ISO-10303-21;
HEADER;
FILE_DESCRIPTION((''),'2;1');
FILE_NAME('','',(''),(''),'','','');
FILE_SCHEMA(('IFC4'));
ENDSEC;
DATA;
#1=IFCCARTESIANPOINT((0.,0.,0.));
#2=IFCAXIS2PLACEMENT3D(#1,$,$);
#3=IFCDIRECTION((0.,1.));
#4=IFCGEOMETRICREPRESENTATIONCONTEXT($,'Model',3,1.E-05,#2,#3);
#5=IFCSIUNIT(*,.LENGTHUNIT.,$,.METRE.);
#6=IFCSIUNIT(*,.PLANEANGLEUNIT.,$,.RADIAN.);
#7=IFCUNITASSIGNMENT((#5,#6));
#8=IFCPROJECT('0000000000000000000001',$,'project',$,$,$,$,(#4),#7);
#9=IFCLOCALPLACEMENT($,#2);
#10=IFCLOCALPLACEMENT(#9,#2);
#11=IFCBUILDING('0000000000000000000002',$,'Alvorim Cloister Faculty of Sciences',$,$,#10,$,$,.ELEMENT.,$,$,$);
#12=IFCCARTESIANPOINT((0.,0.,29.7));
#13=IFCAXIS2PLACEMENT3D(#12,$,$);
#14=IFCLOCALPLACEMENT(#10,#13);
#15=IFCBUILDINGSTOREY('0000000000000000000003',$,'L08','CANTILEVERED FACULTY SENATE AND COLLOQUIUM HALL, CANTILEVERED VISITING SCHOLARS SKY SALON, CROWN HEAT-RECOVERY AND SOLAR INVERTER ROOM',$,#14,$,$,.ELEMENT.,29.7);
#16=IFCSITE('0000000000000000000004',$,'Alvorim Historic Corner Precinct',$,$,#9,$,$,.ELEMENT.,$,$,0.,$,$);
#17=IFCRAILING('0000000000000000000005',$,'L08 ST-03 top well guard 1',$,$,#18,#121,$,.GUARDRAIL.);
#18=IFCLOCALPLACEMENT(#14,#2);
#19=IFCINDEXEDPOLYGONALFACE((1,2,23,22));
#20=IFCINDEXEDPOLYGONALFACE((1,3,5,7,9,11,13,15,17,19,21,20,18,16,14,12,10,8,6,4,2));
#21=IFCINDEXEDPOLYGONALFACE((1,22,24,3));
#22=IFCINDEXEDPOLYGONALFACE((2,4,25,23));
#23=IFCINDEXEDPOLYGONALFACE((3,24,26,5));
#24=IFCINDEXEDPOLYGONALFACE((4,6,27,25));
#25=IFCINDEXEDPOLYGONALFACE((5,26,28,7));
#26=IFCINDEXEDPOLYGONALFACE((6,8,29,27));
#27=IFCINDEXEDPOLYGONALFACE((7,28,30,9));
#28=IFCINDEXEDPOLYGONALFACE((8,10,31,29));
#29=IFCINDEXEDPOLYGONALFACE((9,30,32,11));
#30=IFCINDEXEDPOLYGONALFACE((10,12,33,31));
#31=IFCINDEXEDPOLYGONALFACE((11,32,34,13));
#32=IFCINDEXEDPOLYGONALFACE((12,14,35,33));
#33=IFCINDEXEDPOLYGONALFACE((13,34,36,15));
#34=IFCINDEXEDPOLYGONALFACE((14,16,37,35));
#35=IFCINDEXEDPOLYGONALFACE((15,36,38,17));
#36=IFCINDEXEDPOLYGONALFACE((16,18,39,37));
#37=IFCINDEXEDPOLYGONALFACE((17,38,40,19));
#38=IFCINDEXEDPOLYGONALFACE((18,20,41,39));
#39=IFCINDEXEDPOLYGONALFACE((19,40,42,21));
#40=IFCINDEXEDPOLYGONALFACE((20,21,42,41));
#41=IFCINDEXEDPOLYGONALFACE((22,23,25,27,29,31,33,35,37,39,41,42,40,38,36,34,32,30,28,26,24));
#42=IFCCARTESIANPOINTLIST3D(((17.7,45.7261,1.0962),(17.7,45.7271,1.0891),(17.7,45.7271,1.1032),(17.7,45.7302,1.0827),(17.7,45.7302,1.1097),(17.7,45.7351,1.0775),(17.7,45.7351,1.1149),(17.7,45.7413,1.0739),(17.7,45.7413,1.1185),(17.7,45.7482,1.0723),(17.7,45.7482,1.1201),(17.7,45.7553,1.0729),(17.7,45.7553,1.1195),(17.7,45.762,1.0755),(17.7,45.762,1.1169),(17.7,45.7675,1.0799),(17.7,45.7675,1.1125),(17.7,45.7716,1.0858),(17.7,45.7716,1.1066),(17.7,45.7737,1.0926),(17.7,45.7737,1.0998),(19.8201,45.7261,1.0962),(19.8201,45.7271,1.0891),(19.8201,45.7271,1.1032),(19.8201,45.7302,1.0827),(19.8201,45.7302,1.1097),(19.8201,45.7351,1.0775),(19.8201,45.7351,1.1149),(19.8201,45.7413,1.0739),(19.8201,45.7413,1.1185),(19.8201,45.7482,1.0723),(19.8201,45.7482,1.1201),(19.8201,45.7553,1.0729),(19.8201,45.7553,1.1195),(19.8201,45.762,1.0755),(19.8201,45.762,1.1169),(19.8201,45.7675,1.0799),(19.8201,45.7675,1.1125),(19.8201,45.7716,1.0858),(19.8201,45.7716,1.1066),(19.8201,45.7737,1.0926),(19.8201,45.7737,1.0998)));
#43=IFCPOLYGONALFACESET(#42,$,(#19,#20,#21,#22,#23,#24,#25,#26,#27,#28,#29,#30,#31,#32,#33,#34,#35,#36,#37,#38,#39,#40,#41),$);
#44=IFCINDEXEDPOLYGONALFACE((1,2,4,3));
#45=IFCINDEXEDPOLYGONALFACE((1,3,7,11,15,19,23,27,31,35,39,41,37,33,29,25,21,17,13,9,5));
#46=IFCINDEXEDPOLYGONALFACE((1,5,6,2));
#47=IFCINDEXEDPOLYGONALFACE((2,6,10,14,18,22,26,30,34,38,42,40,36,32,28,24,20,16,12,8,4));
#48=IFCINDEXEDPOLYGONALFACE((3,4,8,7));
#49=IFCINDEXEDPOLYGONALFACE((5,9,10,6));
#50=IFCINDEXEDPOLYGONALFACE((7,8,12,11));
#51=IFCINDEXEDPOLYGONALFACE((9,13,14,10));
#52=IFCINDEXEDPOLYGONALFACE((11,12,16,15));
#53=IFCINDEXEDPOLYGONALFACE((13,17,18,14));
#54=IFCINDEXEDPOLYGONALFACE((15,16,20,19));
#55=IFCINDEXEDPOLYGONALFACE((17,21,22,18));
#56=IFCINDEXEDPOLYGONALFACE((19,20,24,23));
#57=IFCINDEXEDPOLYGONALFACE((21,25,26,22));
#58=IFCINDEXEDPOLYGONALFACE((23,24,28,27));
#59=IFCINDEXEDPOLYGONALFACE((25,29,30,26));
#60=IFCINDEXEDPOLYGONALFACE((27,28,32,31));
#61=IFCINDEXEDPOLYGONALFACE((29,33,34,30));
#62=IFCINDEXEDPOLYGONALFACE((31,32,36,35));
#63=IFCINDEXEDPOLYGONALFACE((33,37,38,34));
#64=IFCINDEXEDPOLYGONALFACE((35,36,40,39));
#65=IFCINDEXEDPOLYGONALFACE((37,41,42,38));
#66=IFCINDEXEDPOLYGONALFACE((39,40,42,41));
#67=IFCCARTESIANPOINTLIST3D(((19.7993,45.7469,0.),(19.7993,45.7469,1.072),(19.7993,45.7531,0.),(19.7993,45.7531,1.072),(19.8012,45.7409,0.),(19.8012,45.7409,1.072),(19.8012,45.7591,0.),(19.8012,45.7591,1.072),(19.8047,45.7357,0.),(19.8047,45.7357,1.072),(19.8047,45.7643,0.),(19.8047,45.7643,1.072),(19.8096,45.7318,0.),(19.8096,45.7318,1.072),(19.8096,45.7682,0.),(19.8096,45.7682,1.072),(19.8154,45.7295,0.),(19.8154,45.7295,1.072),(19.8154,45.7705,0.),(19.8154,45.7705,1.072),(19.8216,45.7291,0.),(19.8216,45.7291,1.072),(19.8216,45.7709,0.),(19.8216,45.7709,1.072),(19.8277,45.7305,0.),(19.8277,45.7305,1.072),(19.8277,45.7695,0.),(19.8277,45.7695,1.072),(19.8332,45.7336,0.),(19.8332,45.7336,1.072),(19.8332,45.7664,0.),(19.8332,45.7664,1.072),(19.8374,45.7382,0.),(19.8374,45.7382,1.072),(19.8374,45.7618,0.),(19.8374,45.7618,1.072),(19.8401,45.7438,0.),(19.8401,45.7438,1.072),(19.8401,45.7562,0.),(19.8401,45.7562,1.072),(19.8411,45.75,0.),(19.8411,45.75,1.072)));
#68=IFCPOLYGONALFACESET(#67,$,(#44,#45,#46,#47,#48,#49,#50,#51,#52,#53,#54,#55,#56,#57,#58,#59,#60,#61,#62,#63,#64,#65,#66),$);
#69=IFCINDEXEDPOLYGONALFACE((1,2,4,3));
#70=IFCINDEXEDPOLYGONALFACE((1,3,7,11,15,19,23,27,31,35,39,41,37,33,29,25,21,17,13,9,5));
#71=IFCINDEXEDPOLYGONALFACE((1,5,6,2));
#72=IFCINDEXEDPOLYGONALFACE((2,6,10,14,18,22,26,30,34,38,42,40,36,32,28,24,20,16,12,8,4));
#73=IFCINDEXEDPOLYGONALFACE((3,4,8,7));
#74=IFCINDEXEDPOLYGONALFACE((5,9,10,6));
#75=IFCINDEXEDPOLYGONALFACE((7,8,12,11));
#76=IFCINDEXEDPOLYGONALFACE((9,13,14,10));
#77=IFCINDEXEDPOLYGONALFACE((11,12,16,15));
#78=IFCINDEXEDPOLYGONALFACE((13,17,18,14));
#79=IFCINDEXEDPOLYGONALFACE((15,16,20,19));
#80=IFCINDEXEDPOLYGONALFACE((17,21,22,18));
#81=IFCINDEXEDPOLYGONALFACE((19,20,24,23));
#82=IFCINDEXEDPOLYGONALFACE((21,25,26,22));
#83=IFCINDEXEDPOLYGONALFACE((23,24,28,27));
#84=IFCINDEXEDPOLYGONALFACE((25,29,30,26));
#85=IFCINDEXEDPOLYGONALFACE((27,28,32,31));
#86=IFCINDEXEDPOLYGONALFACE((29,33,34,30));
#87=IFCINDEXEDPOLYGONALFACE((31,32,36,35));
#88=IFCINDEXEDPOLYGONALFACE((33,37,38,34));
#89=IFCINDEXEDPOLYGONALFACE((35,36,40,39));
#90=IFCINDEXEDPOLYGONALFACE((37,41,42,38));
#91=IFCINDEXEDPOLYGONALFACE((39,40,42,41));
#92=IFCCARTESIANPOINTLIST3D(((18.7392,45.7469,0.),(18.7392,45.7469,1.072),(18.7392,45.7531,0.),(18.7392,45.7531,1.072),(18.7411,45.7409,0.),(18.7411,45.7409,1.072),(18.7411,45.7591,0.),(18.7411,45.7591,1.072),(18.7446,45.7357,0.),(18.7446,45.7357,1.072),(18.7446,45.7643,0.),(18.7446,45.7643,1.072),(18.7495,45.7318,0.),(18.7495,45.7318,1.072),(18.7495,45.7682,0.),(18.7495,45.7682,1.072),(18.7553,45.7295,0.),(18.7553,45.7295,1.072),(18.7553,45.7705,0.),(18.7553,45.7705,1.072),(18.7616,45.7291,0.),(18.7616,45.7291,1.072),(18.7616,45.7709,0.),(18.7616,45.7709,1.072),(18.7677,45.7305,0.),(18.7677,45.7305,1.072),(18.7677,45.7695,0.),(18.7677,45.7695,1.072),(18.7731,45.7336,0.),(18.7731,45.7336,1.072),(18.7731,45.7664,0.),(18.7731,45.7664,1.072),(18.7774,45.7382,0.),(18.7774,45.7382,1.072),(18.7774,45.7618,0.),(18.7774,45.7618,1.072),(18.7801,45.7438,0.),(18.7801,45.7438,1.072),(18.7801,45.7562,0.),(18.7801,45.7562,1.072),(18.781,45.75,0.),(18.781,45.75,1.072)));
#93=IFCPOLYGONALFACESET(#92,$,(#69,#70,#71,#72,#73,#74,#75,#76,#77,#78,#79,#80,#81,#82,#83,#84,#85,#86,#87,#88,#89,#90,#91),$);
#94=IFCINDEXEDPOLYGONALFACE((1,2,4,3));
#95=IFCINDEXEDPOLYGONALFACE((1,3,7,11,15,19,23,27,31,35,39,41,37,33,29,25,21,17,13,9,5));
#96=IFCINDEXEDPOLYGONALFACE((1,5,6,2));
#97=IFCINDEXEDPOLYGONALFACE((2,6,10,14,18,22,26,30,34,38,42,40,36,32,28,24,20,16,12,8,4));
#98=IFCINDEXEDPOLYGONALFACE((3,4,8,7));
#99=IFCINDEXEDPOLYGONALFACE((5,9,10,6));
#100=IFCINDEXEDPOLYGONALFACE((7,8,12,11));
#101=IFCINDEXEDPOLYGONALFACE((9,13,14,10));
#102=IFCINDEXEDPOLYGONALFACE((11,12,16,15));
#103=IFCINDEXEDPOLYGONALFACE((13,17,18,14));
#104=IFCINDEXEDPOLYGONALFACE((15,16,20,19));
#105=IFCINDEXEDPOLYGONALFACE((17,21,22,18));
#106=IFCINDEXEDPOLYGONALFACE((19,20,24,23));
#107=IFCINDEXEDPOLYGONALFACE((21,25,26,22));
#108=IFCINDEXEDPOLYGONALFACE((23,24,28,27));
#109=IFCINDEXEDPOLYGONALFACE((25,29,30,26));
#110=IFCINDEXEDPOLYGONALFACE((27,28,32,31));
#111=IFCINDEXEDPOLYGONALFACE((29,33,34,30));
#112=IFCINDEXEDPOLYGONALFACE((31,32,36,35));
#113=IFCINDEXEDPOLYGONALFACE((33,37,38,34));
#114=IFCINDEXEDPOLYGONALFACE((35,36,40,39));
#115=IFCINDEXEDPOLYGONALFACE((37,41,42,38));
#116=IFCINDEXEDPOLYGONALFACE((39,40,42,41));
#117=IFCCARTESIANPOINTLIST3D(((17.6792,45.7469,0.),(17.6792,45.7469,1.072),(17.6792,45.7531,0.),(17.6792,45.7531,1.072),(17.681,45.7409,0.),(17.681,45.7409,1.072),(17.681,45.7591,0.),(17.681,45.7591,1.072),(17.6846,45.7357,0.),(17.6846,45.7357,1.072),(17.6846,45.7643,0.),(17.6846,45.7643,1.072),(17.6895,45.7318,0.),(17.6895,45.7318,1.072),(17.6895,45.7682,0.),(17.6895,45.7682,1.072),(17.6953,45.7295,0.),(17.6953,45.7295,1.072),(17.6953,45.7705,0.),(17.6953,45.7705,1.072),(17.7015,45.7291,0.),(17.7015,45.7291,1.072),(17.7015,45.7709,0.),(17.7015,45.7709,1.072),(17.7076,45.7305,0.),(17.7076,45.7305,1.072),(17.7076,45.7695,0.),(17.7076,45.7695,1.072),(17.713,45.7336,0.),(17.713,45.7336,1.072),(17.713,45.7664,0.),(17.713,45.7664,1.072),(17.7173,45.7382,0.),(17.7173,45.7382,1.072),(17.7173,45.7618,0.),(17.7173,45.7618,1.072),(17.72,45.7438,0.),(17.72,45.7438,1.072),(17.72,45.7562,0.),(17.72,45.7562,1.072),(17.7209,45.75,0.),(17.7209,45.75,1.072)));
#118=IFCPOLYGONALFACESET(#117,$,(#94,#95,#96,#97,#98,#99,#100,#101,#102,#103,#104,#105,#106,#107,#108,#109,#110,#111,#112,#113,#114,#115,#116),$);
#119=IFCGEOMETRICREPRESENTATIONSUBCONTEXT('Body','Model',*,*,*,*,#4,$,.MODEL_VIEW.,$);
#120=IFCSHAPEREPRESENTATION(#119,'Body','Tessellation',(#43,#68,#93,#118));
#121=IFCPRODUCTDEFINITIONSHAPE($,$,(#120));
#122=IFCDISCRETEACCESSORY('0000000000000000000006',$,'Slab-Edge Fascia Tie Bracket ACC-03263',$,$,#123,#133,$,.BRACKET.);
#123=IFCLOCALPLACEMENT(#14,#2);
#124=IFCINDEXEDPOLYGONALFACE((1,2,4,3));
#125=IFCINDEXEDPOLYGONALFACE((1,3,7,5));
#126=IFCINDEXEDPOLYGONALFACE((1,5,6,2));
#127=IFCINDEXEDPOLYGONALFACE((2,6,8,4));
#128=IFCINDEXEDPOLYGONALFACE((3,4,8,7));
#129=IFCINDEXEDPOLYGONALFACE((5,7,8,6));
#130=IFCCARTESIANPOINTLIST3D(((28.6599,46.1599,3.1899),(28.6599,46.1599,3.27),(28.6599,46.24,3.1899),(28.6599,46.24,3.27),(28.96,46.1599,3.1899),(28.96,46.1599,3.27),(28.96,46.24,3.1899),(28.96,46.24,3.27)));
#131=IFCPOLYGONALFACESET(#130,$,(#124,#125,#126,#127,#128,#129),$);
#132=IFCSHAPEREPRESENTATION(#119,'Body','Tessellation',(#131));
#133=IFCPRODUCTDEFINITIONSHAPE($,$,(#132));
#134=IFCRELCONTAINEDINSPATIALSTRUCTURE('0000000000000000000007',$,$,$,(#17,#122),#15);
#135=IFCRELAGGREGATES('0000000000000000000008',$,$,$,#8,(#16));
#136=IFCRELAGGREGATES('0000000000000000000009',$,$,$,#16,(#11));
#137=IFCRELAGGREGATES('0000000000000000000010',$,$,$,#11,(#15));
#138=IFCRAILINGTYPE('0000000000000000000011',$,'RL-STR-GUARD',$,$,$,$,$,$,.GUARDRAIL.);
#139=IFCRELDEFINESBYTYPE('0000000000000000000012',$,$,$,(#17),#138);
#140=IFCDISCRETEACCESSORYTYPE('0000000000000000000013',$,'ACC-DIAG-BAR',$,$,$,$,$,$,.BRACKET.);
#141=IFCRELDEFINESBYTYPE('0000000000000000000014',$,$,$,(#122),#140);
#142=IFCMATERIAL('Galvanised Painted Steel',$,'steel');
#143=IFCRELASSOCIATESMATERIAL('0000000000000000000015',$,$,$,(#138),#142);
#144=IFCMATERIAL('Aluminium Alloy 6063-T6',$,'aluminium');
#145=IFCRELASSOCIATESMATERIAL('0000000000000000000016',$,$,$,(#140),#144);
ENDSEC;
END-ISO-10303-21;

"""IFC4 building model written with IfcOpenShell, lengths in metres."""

from ifc_helpers import new_model, si_unit, direction, frame, origin, origin_2d, place, context, subcontext, project, spatial, rectangle, circle, extrude, material, type_object, element, save


model = new_model("IFC4")

# Units and contexts
model_context = context("Model", 3, precision=1e-05, world=origin(), true_north=direction((0.0, 1.0)))
body_context = subcontext(model_context, "Body", "Model", "MODEL_VIEW")
ifc_project = project(units=[si_unit("LENGTHUNIT", "METRE"), si_unit("PLANEANGLEUNIT", "RADIAN")], contexts=[model_context])

# Site, building, storey
site_placement = place(None, origin())
site = spatial("IfcSite", under=ifc_project, at=site_placement, Name="Alvorim Historic Corner Precinct", CompositionType="ELEMENT", RefElevation=0.0)
building_placement = place(site_placement, origin())
building = spatial("IfcBuilding", under=site, at=building_placement, Name="Alvorim Cloister Faculty of Sciences", CompositionType="ELEMENT")
storey_placement = place(building_placement, frame((0.0, 0.0, 29.7)))
storey = spatial("IfcBuildingStorey", under=building, at=storey_placement, Name="L08", Description="CANTILEVERED FACULTY SENATE AND COLLOQUIUM HALL, CANTILEVERED VISITING SCHOLARS SKY SALON, CROWN HEAT-RECOVERY AND SOLAR INVERTER ROOM", CompositionType="ELEMENT", Elevation=29.7)

# Shared definitions
ifc_material_1 = material(Name="Aluminium Alloy 6063-T6", Category="aluminium")

# Railing
ifc_material_2 = material(Name="Galvanised Painted Steel", Category="steel")
railing_type_1 = type_object("IfcRailingType", Name="RL-STR-GUARD", PredefinedType="GUARDRAIL", material=ifc_material_2)
railing_1_placement = place(storey_placement, frame((19.8201, 45.75, 0.0)))
element("IfcRailing", 1, at=railing_1_placement, inside=storey, type_object=railing_type_1, Name="L08 ST-03 top well guard 1", PredefinedType="GUARDRAIL", context=body_context, shape_type="SweptSolid", body=[
    extrude(circle(Radius=0.0239, at=origin_2d()), frame((0.0, 0.0, 1.0962), z_axis=(-1.0, 0.0, 0.0), x_axis=(0.0, -1.0, 0.0)), (0.0, 0.0, 1.0), 2.1201),
    extrude(circle(Radius=0.021, at=origin_2d()), origin(), (0.0, 0.0, 1.0), 1.072),
    extrude(circle(Radius=0.021, at=origin_2d()), frame((-1.0601, 0.0, 0.0)), (0.0, 0.0, 1.0), 1.072),
    extrude(circle(Radius=0.021, at=origin_2d()), frame((-2.1201, 0.0, 0.0)), (0.0, 0.0, 1.0), 1.072),
])

# Discrete accessory
discrete_accessory_type = type_object("IfcDiscreteAccessoryType", Name="ACC-DIAG-BAR", PredefinedType="BRACKET", material=ifc_material_1)
discrete_accessory_placement = place(storey_placement, frame((28.6599, 46.2, 3.23), z_axis=(1.0, 0.0, 0.0), x_axis=(0.0, 1.0, 0.0)))
element("IfcDiscreteAccessory", 2, at=discrete_accessory_placement, inside=storey, type_object=discrete_accessory_type, Name="Slab-Edge Fascia Tie Bracket ACC-03263", PredefinedType="BRACKET", context=body_context, shape_type="SweptSolid", body=[
    extrude(rectangle(XDim=0.0801, YDim=0.0801, at=origin_2d()), origin(), (0.0, 0.0, 1.0), 0.3),
])

save(model, "model.ifc")
